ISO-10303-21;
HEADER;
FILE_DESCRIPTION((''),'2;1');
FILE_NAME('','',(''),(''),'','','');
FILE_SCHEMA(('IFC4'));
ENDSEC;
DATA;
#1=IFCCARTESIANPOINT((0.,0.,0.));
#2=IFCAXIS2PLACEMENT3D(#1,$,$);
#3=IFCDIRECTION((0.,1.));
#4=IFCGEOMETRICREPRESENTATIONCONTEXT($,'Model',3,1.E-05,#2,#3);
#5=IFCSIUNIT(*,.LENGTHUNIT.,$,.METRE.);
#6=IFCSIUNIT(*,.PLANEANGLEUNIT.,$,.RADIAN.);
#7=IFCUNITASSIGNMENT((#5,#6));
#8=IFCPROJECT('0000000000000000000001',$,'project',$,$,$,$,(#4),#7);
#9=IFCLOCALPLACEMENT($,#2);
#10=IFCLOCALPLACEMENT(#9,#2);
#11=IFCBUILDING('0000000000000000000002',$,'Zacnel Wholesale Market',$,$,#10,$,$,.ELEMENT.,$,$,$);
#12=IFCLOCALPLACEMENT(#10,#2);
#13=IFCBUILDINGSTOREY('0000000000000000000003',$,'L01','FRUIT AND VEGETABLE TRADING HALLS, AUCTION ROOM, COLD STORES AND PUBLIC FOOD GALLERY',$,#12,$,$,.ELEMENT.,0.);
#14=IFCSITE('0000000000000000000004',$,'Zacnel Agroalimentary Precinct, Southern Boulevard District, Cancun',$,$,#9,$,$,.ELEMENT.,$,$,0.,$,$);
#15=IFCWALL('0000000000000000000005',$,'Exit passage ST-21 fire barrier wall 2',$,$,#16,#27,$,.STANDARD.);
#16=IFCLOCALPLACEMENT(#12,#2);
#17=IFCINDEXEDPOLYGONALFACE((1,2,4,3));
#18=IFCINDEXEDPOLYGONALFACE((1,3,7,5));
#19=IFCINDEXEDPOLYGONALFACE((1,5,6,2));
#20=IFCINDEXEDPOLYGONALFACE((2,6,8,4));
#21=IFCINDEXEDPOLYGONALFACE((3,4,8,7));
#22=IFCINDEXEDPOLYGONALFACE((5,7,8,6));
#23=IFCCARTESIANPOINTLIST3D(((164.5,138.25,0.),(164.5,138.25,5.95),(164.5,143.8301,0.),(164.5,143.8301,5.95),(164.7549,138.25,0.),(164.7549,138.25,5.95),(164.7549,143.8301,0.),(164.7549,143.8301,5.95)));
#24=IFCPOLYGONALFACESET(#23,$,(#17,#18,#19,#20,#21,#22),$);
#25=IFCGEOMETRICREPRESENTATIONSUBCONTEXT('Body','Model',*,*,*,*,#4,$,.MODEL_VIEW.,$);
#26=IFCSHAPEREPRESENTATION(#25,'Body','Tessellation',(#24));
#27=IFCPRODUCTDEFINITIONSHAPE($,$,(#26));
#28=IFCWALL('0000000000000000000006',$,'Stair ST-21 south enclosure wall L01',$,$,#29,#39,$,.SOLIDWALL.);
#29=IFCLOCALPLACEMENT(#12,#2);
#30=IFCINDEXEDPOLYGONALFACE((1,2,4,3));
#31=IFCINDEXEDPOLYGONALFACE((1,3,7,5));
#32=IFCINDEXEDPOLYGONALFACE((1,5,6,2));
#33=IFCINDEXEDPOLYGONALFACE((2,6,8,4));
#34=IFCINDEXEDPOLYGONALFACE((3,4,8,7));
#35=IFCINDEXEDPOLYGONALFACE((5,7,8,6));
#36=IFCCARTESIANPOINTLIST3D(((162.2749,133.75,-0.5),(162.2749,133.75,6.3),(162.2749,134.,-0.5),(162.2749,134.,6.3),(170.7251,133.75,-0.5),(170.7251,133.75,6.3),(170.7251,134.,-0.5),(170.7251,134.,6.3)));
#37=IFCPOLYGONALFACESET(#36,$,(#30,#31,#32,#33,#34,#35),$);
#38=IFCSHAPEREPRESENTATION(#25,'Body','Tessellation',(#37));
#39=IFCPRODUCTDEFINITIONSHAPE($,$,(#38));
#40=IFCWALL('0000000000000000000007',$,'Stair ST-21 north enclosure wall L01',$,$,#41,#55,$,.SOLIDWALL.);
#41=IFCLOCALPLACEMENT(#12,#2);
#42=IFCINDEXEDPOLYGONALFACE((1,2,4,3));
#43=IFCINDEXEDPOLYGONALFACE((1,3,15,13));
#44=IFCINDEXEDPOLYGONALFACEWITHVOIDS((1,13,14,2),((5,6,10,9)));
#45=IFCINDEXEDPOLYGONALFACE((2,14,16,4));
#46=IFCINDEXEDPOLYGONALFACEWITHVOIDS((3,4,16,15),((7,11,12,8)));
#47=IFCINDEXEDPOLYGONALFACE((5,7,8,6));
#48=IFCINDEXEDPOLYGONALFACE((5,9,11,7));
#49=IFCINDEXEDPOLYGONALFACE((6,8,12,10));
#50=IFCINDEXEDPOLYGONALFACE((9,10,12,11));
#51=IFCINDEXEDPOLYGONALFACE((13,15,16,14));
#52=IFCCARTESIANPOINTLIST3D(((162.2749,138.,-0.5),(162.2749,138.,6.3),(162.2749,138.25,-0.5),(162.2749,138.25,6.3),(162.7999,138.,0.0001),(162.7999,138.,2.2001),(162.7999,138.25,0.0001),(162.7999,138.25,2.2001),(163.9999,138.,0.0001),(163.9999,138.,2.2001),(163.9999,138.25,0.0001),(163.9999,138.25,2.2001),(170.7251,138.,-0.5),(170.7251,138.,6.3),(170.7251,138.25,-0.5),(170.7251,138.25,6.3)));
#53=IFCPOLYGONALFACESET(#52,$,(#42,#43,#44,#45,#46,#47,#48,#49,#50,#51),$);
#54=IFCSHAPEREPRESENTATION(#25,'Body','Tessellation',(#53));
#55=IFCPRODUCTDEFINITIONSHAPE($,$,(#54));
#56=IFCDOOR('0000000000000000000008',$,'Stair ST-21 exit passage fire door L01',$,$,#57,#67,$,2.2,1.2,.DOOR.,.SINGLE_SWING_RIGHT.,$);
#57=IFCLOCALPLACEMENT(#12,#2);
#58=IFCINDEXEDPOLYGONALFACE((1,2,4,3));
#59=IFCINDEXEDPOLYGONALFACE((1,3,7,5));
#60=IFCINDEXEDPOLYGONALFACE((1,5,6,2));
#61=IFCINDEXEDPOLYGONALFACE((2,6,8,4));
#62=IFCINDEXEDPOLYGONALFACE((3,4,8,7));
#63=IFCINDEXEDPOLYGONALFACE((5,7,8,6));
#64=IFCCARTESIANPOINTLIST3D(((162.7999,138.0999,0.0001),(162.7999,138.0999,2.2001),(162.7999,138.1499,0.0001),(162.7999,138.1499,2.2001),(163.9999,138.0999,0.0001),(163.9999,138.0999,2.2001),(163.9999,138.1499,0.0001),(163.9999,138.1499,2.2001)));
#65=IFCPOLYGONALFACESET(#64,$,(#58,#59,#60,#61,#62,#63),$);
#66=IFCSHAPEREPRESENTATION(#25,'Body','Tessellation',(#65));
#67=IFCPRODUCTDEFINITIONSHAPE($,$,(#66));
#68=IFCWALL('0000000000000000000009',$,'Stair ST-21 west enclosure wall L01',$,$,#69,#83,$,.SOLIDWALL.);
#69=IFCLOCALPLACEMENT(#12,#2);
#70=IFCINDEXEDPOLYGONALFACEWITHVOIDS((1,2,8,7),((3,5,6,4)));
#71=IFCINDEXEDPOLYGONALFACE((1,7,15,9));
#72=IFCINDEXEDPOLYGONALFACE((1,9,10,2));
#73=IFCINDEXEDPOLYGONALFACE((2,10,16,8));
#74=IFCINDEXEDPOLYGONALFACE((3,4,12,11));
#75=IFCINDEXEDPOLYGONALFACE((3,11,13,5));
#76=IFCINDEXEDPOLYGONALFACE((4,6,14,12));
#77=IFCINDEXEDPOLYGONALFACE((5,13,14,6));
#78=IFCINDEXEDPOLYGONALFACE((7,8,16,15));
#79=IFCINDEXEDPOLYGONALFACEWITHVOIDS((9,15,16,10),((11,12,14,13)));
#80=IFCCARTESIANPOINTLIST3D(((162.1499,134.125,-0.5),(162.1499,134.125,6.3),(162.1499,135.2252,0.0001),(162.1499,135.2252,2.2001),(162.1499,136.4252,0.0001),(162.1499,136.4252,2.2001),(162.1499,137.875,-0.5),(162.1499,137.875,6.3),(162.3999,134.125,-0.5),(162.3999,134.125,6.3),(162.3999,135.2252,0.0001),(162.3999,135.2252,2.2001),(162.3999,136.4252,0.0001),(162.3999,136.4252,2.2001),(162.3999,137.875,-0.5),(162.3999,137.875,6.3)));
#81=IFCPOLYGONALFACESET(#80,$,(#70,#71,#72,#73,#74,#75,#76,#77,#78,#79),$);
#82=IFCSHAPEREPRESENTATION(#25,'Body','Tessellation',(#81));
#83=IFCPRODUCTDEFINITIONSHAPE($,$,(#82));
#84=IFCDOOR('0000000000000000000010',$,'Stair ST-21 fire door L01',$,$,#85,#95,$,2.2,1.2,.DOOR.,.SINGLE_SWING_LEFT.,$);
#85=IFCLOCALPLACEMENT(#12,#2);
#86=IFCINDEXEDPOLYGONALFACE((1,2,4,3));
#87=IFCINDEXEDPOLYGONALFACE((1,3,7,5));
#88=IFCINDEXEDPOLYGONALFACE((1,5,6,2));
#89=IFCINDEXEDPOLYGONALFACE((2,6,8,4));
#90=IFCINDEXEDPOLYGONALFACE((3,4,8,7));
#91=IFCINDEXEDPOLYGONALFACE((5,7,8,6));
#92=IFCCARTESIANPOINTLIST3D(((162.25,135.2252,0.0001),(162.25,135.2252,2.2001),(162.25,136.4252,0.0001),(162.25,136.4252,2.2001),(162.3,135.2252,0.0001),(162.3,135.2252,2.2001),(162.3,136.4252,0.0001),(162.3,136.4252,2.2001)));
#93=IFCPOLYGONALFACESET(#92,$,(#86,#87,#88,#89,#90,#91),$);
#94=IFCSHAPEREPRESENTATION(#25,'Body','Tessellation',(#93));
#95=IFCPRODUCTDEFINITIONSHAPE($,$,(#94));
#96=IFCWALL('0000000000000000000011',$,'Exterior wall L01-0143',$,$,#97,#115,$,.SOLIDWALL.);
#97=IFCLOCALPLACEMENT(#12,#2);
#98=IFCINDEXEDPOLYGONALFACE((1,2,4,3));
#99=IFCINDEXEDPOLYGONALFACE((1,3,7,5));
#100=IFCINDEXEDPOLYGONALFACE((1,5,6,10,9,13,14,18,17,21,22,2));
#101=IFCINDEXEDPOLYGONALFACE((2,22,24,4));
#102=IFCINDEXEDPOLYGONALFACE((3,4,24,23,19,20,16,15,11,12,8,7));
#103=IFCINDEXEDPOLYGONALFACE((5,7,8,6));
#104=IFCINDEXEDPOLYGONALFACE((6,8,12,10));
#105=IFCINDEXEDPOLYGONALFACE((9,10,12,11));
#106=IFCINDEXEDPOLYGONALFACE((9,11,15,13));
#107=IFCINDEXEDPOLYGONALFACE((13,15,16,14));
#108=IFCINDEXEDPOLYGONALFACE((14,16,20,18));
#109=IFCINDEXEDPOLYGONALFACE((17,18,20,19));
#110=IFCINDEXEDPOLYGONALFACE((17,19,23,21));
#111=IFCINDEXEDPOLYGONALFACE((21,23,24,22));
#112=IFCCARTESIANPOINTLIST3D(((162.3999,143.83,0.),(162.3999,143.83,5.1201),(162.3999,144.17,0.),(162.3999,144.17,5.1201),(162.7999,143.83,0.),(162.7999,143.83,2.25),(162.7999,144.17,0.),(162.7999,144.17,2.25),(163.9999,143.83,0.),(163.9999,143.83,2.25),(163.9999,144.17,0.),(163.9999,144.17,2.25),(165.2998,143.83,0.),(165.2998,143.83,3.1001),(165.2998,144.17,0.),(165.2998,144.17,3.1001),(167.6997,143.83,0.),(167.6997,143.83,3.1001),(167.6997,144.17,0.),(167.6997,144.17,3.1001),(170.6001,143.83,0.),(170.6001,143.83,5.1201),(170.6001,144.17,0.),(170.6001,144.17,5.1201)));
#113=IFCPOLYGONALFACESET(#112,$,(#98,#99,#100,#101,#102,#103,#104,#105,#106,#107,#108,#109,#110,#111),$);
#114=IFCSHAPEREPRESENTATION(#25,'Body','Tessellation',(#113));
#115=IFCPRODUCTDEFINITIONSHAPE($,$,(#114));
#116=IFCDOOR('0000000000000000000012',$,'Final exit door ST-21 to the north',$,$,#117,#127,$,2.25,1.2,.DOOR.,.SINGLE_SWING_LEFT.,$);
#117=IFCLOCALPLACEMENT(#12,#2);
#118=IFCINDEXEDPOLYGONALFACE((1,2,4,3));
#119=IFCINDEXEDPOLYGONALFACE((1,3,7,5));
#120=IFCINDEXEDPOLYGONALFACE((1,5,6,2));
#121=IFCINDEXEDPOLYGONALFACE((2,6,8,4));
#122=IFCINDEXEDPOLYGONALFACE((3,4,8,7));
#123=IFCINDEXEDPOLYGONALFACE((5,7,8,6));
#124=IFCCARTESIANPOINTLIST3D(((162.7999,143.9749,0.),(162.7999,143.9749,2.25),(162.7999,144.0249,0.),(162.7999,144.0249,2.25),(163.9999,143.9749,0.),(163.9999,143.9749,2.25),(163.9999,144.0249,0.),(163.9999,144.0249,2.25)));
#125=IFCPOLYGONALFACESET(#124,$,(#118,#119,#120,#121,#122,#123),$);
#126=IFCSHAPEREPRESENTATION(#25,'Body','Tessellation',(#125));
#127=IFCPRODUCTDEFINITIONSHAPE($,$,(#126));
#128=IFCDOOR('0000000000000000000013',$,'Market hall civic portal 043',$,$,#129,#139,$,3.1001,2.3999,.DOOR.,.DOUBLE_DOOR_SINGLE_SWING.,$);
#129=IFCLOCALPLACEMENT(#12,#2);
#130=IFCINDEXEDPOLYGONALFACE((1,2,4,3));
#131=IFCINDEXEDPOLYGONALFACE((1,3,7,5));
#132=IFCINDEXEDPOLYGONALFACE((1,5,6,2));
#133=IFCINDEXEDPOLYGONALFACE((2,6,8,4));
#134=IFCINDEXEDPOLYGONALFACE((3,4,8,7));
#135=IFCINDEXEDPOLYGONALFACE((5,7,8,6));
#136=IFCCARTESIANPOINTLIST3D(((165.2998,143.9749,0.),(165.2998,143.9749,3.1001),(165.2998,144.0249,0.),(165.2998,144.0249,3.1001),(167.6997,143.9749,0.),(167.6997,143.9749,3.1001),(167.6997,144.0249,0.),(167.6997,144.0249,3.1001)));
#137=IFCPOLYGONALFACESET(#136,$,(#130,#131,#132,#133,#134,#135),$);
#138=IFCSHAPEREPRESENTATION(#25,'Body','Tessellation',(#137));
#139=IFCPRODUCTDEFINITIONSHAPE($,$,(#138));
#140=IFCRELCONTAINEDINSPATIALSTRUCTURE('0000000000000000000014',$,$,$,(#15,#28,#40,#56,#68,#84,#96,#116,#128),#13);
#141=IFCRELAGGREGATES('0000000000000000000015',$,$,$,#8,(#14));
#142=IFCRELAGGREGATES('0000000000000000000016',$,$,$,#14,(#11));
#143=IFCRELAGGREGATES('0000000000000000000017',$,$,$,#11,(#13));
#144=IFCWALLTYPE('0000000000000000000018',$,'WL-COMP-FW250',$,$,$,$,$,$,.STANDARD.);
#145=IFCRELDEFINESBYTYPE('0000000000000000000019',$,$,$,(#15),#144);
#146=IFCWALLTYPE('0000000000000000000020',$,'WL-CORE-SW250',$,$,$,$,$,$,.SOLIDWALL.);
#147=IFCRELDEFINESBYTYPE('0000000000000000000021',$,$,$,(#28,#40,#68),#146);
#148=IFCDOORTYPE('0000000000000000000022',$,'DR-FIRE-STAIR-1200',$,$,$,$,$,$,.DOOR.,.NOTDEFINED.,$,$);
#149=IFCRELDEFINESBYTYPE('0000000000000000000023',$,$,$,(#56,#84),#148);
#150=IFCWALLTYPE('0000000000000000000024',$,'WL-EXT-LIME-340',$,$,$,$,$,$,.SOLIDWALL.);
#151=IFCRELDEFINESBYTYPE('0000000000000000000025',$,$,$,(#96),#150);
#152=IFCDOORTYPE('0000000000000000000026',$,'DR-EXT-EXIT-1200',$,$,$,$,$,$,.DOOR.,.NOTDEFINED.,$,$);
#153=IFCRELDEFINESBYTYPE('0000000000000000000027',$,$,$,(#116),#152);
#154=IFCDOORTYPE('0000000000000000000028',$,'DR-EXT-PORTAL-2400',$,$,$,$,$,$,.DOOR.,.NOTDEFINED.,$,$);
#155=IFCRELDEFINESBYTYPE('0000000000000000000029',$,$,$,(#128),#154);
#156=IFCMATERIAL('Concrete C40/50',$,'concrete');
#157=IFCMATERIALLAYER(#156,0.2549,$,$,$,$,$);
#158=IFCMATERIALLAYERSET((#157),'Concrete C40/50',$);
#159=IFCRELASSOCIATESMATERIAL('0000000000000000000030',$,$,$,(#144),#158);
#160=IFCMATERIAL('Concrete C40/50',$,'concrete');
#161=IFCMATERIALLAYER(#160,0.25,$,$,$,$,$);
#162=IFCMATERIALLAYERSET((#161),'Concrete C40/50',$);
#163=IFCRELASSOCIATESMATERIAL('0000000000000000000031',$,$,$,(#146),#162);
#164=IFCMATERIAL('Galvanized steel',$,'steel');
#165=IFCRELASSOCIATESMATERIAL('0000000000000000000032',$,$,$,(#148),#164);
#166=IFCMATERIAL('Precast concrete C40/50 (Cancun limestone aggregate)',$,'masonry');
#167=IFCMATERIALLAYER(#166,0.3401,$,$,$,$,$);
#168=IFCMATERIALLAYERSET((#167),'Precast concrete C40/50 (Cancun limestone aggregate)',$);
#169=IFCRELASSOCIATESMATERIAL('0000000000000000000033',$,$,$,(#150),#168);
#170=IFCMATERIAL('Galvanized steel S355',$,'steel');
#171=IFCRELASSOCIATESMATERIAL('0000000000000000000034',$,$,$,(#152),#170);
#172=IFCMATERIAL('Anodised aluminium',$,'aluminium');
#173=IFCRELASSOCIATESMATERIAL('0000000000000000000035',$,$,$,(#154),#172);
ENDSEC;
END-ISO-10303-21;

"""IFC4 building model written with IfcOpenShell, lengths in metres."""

from ifc_helpers import new_model, si_unit, direction, frame, frame_2d, origin, place, context, subcontext, project, spatial, rectangle, extrude, material, layer, layer_set, type_object, element, fill, save


model = new_model("IFC4")

# Units and contexts
model_context = context("Model", 3, precision=1e-05, world=origin(), true_north=direction((0.0, 1.0)))
body_context = subcontext(model_context, "Body", "Model", "MODEL_VIEW")
ifc_project = project(units=[si_unit("LENGTHUNIT", "METRE"), si_unit("PLANEANGLEUNIT", "RADIAN")], contexts=[model_context])

# Site, building, storey
site_placement = place(None, origin())
site = spatial("IfcSite", under=ifc_project, at=site_placement, Name="Zacnel Agroalimentary Precinct, Southern Boulevard District, Cancun", CompositionType="ELEMENT", RefElevation=0.0)
building_placement = place(site_placement, origin())
building = spatial("IfcBuilding", under=site, at=building_placement, Name="Zacnel Wholesale Market", CompositionType="ELEMENT")
storey_placement = place(building_placement, origin())
storey = spatial("IfcBuildingStorey", under=building, at=storey_placement, Name="L01", Description="FRUIT AND VEGETABLE TRADING HALLS, AUCTION ROOM, COLD STORES AND PUBLIC FOOD GALLERY", CompositionType="ELEMENT", Elevation=0.0)

# Walls
ifc_material_1 = material(Name="Concrete C40/50", Category="concrete")
ifc_layer_1 = layer(ifc_material_1, 0.2549)
ifc_layer_set_1 = layer_set([ifc_layer_1], Name="Concrete C40/50")
wall_type_1 = type_object("IfcWallType", Name="WL-COMP-FW250", PredefinedType="STANDARD", material=ifc_layer_set_1)
for number, where, z_axis, x_axis, name in (
    (1, (164.6274, 138.25, 0.0), (0.0, 0.0, 1.0), (0.0, 1.0, 0.0), "Exit passage ST-21 fire barrier wall 2"),
):
    element("IfcWall", number, at=place(storey_placement, frame(where, z_axis=z_axis, x_axis=x_axis)), inside=storey, type_object=wall_type_1, Name=name, PredefinedType="STANDARD", context=body_context, shape_type="SweptSolid", body=[
        extrude(rectangle(XDim=5.5801, YDim=0.2549, at=frame_2d((2.79, 0.0))), origin(), (0.0, 0.0, 1.0), 5.95),
    ])
ifc_material_2 = material(Name="Concrete C40/50", Category="concrete")
ifc_layer_2 = layer(ifc_material_2, 0.25)
ifc_layer_set_2 = layer_set([ifc_layer_2], Name="Concrete C40/50")
wall_type_2 = type_object("IfcWallType", Name="WL-CORE-SW250", PredefinedType="SOLIDWALL", material=ifc_layer_set_2)
wall_1_placement = place(storey_placement, frame((162.2749, 133.875, -0.5), z_axis=(0.0, 0.0, 1.0), x_axis=(1.0, 0.0, 0.0)))
element("IfcWall", 2, at=wall_1_placement, inside=storey, type_object=wall_type_2, Name="Stair ST-21 south enclosure wall L01", PredefinedType="SOLIDWALL", context=body_context, shape_type="SweptSolid", body=[
    extrude(rectangle(XDim=8.4502, YDim=0.25, at=frame_2d((4.2251, 0.0))), origin(), (0.0, 0.0, 1.0), 6.8),
])

# Walls, openings, doors
wall_2_placement = place(storey_placement, frame((162.2749, 138.125, -0.5), z_axis=(0.0, 0.0, 1.0), x_axis=(1.0, 0.0, 0.0)))
wall_2 = element("IfcWall", 3, at=wall_2_placement, inside=storey, type_object=wall_type_2, Name="Stair ST-21 north enclosure wall L01", PredefinedType="SOLIDWALL", context=body_context, shape_type="SweptSolid", body=[
    extrude(rectangle(XDim=8.4502, YDim=0.25, at=frame_2d((4.2251, 0.0))), origin(), (0.0, 0.0, 1.0), 6.8),
])
opening_1_placement = place(wall_2_placement, frame((0.5249, 0.0, 0.5)))
opening_1 = element("IfcOpeningElement", 4, at=opening_1_placement, cuts=wall_2, PredefinedType="OPENING", context=body_context, shape_type="SweptSolid", body=[
    extrude(rectangle(XDim=1.2, YDim=2.2, at=frame_2d((0.6001, 1.1001))), frame((0.0, 0.135, 0.0), z_axis=(0.0, -1.0, 0.0), x_axis=(1.0, 0.0, 0.0)), (0.0, 0.0, 1.0), 0.27),
])
ifc_material_3 = material(Name="Galvanized steel", Category="steel")
door_type_1 = type_object("IfcDoorType", Name="DR-FIRE-STAIR-1200", OperationType="NOTDEFINED", PredefinedType="DOOR", material=ifc_material_3)
door_1_placement = place(opening_1_placement, origin())
door_1 = element("IfcDoor", 5, at=door_1_placement, inside=storey, type_object=door_type_1, Name="Stair ST-21 exit passage fire door L01", OperationType="SINGLE_SWING_RIGHT", OverallHeight=2.2, OverallWidth=1.2, PredefinedType="DOOR", context=body_context, shape_type="SweptSolid", body=[
    extrude(rectangle(XDim=1.2, YDim=2.2, at=frame_2d((0.6001, 1.1001))), frame((0.0, 0.0249, 0.0), z_axis=(0.0, -1.0, 0.0), x_axis=(1.0, 0.0, 0.0)), (0.0, 0.0, 1.0), 0.05),
])
fill(opening_1, door_1)
wall_3_placement = place(storey_placement, frame((162.2749, 134.125, -0.5), z_axis=(0.0, 0.0, 1.0), x_axis=(0.0, 1.0, 0.0)))
wall_3 = element("IfcWall", 6, at=wall_3_placement, inside=storey, type_object=wall_type_2, Name="Stair ST-21 west enclosure wall L01", PredefinedType="SOLIDWALL", context=body_context, shape_type="SweptSolid", body=[
    extrude(rectangle(XDim=3.75, YDim=0.25, at=frame_2d((1.875, 0.0))), origin(), (0.0, 0.0, 1.0), 6.8),
])
opening_2_placement = place(wall_3_placement, frame((1.1001, 0.0, 0.5)))
opening_2 = element("IfcOpeningElement", 7, at=opening_2_placement, cuts=wall_3, PredefinedType="OPENING", context=body_context, shape_type="SweptSolid", body=[
    extrude(rectangle(XDim=1.2, YDim=2.2, at=frame_2d((0.6001, 1.1001))), frame((0.0, 0.135, 0.0), z_axis=(0.0, -1.0, 0.0), x_axis=(1.0, 0.0, 0.0)), (0.0, 0.0, 1.0), 0.27),
])
door_2_placement = place(opening_2_placement, origin())
door_2 = element("IfcDoor", 8, at=door_2_placement, inside=storey, type_object=door_type_1, Name="Stair ST-21 fire door L01", OperationType="SINGLE_SWING_LEFT", OverallHeight=2.2, OverallWidth=1.2, PredefinedType="DOOR", context=body_context, shape_type="SweptSolid", body=[
    extrude(rectangle(XDim=1.2, YDim=2.2, at=frame_2d((0.6001, 1.1001))), frame((0.0, 0.0249, 0.0), z_axis=(0.0, -1.0, 0.0), x_axis=(1.0, 0.0, 0.0)), (0.0, 0.0, 1.0), 0.05),
])
fill(opening_2, door_2)

# Wall, openings, doors
ifc_material_4 = material(Name="Precast concrete C40/50 (Cancun limestone aggregate)", Category="masonry")
ifc_layer_3 = layer(ifc_material_4, 0.3401)
ifc_layer_set_3 = layer_set([ifc_layer_3], Name="Precast concrete C40/50 (Cancun limestone aggregate)")
wall_type_3 = type_object("IfcWallType", Name="WL-EXT-LIME-340", PredefinedType="SOLIDWALL", material=ifc_layer_set_3)
wall_4_placement = place(storey_placement, frame((162.3999, 144.0, 0.0), z_axis=(0.0, 0.0, 1.0), x_axis=(1.0, 0.0, 0.0)))
wall_4 = element("IfcWall", 9, at=wall_4_placement, inside=storey, type_object=wall_type_3, Name="Exterior wall L01-0143", PredefinedType="SOLIDWALL", context=body_context, shape_type="SweptSolid", body=[
    extrude(rectangle(XDim=8.2002, YDim=0.3401, at=frame_2d((4.1001, 0.0))), origin(), (0.0, 0.0, 1.0), 5.1201),
])
opening_3_placement = place(wall_4_placement, frame((2.8999, 0.0, 0.0)))
opening_3 = element("IfcOpeningElement", 10, at=opening_3_placement, cuts=wall_4, PredefinedType="OPENING", context=body_context, shape_type="SweptSolid", body=[
    extrude(rectangle(XDim=2.3999, YDim=3.1001, at=frame_2d((1.2, 1.55))), frame((0.0, 0.1799, 0.0), z_axis=(0.0, -1.0, 0.0), x_axis=(1.0, 0.0, 0.0)), (0.0, 0.0, 1.0), 0.3601),
])
opening_4_placement = place(wall_4_placement, frame((0.3999, 0.0, 0.0)))
opening_4 = element("IfcOpeningElement", 11, at=opening_4_placement, cuts=wall_4, PredefinedType="OPENING", context=body_context, shape_type="SweptSolid", body=[
    extrude(rectangle(XDim=1.2, YDim=2.25, at=frame_2d((0.6001, 1.125))), frame((0.0, 0.1799, 0.0), z_axis=(0.0, -1.0, 0.0), x_axis=(1.0, 0.0, 0.0)), (0.0, 0.0, 1.0), 0.3601),
])
ifc_material_5 = material(Name="Galvanized steel S355", Category="steel")
door_type_2 = type_object("IfcDoorType", Name="DR-EXT-EXIT-1200", OperationType="NOTDEFINED", PredefinedType="DOOR", material=ifc_material_5)
door_3_placement = place(opening_4_placement, origin())
door_3 = element("IfcDoor", 12, at=door_3_placement, inside=storey, type_object=door_type_2, Name="Final exit door ST-21 to the north", OperationType="SINGLE_SWING_LEFT", OverallHeight=2.25, OverallWidth=1.2, PredefinedType="DOOR", context=body_context, shape_type="SweptSolid", body=[
    extrude(rectangle(XDim=1.2, YDim=2.25, at=frame_2d((0.6001, 1.125))), frame((0.0, 0.0249, 0.0), z_axis=(0.0, -1.0, 0.0), x_axis=(1.0, 0.0, 0.0)), (0.0, 0.0, 1.0), 0.05),
])
fill(opening_4, door_3)
ifc_material_6 = material(Name="Anodised aluminium", Category="aluminium")
door_type_3 = type_object("IfcDoorType", Name="DR-EXT-PORTAL-2400", OperationType="NOTDEFINED", PredefinedType="DOOR", material=ifc_material_6)
door_4_placement = place(opening_3_placement, origin())
door_4 = element("IfcDoor", 13, at=door_4_placement, inside=storey, type_object=door_type_3, Name="Market hall civic portal 043", OperationType="DOUBLE_DOOR_SINGLE_SWING", OverallHeight=3.1001, OverallWidth=2.3999, PredefinedType="DOOR", context=body_context, shape_type="SweptSolid", body=[
    extrude(rectangle(XDim=2.3999, YDim=3.1001, at=frame_2d((1.2, 1.55))), frame((0.0, 0.0249, 0.0), z_axis=(0.0, -1.0, 0.0), x_axis=(1.0, 0.0, 0.0)), (0.0, 0.0, 1.0), 0.05),
])
fill(opening_3, door_4)

save(model, "model.ifc")
